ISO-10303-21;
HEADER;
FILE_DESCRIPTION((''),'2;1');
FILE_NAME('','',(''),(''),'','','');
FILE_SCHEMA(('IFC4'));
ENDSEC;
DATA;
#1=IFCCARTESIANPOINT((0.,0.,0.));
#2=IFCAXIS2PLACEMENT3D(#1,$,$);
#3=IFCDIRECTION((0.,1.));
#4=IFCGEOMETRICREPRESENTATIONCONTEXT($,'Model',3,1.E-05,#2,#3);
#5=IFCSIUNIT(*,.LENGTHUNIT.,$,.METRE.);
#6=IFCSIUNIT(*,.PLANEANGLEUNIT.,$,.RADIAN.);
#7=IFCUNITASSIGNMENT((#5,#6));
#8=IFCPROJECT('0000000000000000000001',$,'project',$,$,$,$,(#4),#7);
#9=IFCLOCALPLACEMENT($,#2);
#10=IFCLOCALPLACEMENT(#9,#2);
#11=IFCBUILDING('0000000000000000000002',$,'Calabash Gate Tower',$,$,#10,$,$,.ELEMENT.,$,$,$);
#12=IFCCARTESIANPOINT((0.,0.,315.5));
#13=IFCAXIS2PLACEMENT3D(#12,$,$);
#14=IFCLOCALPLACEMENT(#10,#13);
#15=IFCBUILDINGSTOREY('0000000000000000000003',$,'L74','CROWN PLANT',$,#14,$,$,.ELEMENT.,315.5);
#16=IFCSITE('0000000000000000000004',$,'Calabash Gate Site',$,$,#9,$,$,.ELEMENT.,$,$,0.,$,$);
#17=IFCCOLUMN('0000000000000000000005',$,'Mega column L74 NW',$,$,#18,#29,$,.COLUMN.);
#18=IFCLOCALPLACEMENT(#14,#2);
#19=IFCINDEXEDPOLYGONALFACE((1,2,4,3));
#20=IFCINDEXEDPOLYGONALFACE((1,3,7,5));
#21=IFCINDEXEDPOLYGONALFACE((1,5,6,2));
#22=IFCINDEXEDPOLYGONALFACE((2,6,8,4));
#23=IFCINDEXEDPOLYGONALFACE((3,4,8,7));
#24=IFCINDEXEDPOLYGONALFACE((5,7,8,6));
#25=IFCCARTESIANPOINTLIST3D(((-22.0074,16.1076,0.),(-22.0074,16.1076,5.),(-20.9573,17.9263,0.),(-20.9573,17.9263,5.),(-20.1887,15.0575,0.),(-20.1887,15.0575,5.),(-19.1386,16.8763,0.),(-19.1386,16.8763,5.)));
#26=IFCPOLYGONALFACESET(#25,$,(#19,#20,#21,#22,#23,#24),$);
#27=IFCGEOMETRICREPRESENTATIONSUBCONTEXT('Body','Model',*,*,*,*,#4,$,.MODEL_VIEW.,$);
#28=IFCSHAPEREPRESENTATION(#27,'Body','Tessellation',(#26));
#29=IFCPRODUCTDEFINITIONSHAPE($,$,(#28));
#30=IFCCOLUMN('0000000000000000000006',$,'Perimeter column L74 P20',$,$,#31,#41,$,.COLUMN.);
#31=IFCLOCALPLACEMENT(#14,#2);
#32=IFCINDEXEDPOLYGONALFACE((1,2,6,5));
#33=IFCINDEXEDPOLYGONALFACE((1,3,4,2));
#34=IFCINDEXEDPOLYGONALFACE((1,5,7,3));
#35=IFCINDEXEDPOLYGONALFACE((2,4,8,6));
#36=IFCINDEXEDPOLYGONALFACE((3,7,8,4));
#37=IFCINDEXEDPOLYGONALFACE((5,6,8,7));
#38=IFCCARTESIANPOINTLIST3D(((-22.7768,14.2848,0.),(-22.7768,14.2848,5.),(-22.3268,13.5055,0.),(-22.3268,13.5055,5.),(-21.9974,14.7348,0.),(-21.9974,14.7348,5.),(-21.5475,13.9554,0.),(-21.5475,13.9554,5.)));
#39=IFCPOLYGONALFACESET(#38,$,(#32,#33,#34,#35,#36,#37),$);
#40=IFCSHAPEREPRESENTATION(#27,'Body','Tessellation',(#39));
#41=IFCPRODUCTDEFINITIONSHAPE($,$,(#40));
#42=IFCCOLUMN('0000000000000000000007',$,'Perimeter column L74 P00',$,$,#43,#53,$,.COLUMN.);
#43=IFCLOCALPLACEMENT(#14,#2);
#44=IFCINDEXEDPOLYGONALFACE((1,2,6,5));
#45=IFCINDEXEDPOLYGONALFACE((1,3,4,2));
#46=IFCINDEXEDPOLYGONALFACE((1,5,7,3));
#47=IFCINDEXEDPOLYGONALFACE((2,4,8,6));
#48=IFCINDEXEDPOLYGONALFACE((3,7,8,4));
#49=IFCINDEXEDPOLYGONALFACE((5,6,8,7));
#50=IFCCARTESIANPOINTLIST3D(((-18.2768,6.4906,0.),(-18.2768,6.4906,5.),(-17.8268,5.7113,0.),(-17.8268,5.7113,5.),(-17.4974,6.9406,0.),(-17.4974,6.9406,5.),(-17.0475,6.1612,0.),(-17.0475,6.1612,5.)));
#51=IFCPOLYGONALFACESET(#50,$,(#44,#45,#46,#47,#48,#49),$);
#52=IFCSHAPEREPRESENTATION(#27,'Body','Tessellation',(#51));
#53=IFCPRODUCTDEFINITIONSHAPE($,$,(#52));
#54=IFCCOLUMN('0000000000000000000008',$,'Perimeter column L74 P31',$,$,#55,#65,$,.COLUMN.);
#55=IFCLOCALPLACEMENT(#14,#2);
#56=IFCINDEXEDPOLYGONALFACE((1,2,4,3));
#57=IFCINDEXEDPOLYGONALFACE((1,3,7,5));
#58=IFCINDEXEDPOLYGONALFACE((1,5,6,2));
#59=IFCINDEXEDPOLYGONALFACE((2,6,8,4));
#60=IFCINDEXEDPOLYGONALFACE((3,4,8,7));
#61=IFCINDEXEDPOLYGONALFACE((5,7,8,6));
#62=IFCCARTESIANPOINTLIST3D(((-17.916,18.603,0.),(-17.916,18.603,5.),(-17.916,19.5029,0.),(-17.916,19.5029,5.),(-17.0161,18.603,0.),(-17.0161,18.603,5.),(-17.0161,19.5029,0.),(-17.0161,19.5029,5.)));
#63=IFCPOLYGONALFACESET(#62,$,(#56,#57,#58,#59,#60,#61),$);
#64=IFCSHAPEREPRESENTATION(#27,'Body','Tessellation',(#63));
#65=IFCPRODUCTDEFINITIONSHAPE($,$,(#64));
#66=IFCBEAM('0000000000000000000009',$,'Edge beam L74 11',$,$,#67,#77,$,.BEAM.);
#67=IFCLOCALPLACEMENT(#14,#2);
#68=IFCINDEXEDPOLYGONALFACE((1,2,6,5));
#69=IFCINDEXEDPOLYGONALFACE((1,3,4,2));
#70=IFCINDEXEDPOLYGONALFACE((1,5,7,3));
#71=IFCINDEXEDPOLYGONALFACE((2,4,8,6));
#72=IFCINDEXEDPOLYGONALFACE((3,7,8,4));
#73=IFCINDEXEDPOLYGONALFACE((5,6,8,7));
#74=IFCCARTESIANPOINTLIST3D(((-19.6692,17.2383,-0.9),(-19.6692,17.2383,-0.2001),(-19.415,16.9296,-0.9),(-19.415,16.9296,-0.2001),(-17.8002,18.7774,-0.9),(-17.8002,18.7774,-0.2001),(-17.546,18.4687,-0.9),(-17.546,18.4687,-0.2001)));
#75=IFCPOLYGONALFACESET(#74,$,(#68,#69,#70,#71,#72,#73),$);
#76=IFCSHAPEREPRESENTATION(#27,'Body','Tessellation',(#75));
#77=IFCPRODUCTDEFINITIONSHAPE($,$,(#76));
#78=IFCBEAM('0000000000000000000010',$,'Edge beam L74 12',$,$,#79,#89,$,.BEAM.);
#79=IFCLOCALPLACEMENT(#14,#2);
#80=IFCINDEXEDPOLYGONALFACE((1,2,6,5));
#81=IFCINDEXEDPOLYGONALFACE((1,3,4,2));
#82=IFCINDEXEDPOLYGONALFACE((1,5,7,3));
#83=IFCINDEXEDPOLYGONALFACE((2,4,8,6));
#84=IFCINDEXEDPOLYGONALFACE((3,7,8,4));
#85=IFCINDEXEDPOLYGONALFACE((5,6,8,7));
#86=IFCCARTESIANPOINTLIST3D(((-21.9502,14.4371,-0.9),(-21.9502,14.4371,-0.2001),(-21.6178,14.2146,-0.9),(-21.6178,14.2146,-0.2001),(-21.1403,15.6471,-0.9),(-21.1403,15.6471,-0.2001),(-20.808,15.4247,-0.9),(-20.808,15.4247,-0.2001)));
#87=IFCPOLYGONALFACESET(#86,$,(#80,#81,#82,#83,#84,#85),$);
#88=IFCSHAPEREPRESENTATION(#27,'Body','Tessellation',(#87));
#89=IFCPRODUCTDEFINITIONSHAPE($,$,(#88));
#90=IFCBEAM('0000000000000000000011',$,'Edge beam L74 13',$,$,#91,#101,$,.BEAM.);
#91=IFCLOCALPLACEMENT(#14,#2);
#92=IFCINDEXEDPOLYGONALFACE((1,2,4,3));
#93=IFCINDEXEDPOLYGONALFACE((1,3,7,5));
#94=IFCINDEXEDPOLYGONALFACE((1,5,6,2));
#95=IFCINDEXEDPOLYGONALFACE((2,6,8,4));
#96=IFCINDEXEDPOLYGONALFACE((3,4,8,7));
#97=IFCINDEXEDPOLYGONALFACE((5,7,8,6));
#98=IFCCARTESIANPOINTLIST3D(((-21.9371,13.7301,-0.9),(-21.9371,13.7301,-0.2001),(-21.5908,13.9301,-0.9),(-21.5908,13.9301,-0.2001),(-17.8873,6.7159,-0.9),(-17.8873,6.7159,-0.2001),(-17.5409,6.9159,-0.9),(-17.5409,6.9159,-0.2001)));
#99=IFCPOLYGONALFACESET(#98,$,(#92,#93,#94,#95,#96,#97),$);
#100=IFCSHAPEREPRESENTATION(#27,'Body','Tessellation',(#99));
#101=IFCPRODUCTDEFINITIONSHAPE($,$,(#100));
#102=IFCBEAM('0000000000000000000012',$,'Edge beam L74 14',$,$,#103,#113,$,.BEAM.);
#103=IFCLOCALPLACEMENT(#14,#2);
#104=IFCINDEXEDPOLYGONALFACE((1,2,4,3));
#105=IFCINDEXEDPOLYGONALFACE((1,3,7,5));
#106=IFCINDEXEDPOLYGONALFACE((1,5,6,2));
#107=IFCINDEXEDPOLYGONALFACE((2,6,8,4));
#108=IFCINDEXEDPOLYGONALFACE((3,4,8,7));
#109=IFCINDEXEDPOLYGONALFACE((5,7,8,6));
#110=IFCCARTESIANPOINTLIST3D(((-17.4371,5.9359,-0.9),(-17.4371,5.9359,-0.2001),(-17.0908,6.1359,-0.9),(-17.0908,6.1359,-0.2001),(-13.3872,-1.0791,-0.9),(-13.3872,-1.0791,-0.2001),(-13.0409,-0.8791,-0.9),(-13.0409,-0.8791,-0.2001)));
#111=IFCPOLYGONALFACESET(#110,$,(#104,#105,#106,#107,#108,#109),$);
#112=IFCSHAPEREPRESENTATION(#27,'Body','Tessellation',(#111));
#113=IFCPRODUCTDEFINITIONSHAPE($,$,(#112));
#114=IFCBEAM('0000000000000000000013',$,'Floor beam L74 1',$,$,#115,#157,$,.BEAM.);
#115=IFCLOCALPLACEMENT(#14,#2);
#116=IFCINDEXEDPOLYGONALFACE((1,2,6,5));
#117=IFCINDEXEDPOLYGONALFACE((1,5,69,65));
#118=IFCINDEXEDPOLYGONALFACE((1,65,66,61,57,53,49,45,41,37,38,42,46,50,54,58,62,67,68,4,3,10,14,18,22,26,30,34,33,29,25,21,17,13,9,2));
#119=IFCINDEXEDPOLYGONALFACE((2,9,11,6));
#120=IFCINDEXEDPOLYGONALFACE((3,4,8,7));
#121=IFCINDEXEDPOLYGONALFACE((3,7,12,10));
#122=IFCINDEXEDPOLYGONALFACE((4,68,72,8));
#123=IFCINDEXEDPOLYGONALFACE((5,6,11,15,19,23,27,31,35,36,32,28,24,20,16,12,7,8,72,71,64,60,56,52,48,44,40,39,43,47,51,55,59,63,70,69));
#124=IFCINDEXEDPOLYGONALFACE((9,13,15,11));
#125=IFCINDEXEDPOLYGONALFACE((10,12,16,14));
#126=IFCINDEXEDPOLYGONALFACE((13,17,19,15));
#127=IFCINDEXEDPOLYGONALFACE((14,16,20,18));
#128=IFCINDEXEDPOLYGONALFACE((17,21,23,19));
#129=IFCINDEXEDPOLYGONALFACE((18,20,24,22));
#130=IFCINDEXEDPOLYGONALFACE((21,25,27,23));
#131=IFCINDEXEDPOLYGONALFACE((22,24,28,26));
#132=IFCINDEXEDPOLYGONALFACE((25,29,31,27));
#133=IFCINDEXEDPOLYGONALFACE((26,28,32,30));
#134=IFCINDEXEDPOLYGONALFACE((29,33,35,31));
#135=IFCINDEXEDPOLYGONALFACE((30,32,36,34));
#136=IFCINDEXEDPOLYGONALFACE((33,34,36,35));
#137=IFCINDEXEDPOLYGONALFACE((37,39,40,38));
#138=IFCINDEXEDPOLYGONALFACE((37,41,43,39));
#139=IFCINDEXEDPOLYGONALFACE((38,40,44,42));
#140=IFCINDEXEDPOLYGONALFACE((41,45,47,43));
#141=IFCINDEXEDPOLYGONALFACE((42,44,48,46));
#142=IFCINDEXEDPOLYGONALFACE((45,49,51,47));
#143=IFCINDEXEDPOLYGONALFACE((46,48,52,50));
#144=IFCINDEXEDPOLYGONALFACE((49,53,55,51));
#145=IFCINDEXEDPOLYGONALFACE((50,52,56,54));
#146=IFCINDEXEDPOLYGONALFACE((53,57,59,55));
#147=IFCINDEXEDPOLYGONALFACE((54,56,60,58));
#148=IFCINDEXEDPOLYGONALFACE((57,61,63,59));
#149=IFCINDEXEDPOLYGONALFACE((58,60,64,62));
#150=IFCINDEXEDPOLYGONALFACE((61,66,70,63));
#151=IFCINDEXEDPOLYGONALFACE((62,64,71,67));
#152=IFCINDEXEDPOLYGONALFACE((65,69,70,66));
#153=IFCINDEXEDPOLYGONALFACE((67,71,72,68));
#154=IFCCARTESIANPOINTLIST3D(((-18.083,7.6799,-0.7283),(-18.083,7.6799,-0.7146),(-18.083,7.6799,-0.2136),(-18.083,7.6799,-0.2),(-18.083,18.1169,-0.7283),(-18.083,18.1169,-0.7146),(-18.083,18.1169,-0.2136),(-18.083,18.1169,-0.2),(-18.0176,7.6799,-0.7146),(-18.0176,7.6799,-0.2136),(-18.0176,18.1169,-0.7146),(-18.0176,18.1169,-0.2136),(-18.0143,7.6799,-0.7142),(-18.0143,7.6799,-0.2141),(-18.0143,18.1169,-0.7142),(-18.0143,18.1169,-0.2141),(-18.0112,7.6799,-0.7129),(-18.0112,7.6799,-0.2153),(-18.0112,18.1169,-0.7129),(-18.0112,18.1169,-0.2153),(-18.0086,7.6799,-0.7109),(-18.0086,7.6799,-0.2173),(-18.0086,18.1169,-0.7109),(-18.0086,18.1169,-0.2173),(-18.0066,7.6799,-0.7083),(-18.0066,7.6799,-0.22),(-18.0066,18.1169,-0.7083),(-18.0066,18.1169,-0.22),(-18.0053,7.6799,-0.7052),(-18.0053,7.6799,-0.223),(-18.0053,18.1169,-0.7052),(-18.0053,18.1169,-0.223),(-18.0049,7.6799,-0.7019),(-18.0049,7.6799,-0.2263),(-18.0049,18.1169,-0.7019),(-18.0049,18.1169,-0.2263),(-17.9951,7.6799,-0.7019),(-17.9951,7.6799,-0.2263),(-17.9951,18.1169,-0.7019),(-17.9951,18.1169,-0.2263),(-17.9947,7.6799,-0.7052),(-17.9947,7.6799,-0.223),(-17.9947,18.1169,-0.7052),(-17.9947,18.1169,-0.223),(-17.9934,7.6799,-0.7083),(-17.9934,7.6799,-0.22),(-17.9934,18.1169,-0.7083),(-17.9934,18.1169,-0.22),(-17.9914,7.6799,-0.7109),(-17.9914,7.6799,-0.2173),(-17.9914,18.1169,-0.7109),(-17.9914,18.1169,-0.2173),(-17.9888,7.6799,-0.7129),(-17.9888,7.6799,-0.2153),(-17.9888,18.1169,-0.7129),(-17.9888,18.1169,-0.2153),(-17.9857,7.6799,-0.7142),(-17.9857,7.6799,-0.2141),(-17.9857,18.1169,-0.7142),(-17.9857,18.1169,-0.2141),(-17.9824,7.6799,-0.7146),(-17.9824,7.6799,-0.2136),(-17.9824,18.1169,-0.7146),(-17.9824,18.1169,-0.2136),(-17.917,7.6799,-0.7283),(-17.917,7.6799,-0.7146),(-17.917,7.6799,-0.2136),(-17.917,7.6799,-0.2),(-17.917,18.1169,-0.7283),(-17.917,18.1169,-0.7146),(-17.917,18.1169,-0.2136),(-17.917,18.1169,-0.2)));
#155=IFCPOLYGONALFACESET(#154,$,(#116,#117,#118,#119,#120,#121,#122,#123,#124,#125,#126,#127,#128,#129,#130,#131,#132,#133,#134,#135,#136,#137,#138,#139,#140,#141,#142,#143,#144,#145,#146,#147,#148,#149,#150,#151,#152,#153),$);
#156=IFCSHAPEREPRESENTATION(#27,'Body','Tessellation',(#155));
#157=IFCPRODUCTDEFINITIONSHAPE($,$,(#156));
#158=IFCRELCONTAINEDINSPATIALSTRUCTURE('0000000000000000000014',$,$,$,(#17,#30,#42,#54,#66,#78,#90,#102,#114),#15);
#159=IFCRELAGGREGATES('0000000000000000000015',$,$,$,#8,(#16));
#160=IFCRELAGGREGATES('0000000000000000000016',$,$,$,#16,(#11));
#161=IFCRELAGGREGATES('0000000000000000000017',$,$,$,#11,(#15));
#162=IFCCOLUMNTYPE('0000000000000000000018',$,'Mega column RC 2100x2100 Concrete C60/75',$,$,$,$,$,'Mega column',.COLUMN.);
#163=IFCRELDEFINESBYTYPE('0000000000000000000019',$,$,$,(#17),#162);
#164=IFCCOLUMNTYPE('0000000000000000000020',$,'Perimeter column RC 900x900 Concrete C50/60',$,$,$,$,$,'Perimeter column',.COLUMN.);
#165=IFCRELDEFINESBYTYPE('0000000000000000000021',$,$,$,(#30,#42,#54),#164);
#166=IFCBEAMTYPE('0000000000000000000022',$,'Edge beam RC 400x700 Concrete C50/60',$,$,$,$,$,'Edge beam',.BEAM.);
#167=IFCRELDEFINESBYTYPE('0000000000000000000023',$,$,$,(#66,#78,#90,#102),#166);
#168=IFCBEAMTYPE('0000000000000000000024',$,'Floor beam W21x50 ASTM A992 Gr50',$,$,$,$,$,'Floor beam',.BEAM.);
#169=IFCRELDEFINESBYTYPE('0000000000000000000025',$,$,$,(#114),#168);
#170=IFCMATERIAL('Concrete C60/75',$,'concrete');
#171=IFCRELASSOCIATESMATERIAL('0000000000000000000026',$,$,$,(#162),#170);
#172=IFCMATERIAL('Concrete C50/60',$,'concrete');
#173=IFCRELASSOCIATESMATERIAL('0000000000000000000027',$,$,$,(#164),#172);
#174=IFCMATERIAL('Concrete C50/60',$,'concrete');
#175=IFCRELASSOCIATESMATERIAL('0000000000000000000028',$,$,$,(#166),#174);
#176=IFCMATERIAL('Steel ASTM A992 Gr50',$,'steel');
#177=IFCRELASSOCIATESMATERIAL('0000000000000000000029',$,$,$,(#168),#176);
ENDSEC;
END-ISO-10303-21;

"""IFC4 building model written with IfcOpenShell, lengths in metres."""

from ifc_helpers import new_model, si_unit, direction, frame, origin, origin_2d, place, context, subcontext, project, spatial, rectangle, i_section, extrude, material, material_profile, profile_set, type_object, element, save


model = new_model("IFC4")

# Units and contexts
model_context = context("Model", 3, precision=1e-05, world=origin(), true_north=direction((0.0, 1.0)))
body_context = subcontext(model_context, "Body", "Model", "MODEL_VIEW")
ifc_project = project(units=[si_unit("LENGTHUNIT", "METRE"), si_unit("PLANEANGLEUNIT", "RADIAN")], contexts=[model_context])

# Site, building, storey
site_placement = place(None, origin())
site = spatial("IfcSite", under=ifc_project, at=site_placement, Name="Calabash Gate Site", CompositionType="ELEMENT", RefElevation=0.0)
building_placement = place(site_placement, origin())
building = spatial("IfcBuilding", under=site, at=building_placement, Name="Calabash Gate Tower", CompositionType="ELEMENT")
storey_placement = place(building_placement, frame((0.0, 0.0, 315.5)))
storey = spatial("IfcBuildingStorey", under=building, at=storey_placement, Name="L74", Description="CROWN PLANT", CompositionType="ELEMENT", Elevation=315.5)

# Columns
ifc_material_1 = material(Name="Concrete C60/75", Category="concrete")
ifc_material_profile_1 = material_profile(ifc_material_1, rectangle(XDim=2.1001, YDim=2.1001, at=origin_2d()))
ifc_profile_set_1 = profile_set([ifc_material_profile_1], Name="Concrete C60/75")
column_type_1 = type_object("IfcColumnType", Name="Mega column RC 2100x2100 Concrete C60/75", ElementType="Mega column", PredefinedType="COLUMN", material=ifc_profile_set_1)
column_placement = place(storey_placement, frame((-20.573, 16.4919, 0.0), z_axis=(0.0, 0.0, 1.0), x_axis=(0.866025, -0.5, 0.0)))
element("IfcColumn", 1, at=column_placement, inside=storey, type_object=column_type_1, Name="Mega column L74 NW", PredefinedType="COLUMN", context=body_context, shape_type="SweptSolid", body=[
    extrude(rectangle(XDim=2.1001, YDim=2.1001, at=origin_2d()), origin(), (0.0, 0.0, 1.0), 5.0),
])
ifc_material_2 = material(Name="Concrete C50/60", Category="concrete")
ifc_material_profile_2 = material_profile(ifc_material_2, rectangle(XDim=0.8999, YDim=0.8999, at=origin_2d()))
ifc_profile_set_2 = profile_set([ifc_material_profile_2], Name="Concrete C50/60")
column_type_2 = type_object("IfcColumnType", Name="Perimeter column RC 900x900 Concrete C50/60", ElementType="Perimeter column", PredefinedType="COLUMN", material=ifc_profile_set_2)
for number, where, z_axis, x_axis, name in (
    (2, (-22.1621, 14.1201, 0.0), (0.0, 0.0, 1.0), (0.5, -0.866025, 0.0), "Perimeter column L74 P20"),
    (3, (-17.6621, 6.3259, 0.0), (0.0, 0.0, 1.0), (0.5, -0.866025, 0.0), "Perimeter column L74 P00"),
    (4, (-17.4661, 19.053, 0.0), (0.0, 0.0, 1.0), (-1.0, 0.0, 0.0), "Perimeter column L74 P31"),
):
    element("IfcColumn", number, at=place(storey_placement, frame(where, z_axis=z_axis, x_axis=x_axis)), inside=storey, type_object=column_type_2, Name=name, PredefinedType="COLUMN", context=body_context, shape_type="SweptSolid", body=[
        extrude(rectangle(XDim=0.8999, YDim=0.8999, at=origin_2d()), origin(), (0.0, 0.0, 1.0), 5.0),
    ])

# Beams
ifc_material_3 = material(Name="Concrete C50/60", Category="concrete")
ifc_material_profile_3 = material_profile(ifc_material_3, rectangle(XDim=0.3999, YDim=0.7, at=origin_2d()))
ifc_profile_set_3 = profile_set([ifc_material_profile_3], Name="Concrete C50/60")
beam_type_1 = type_object("IfcBeamType", Name="Edge beam RC 400x700 Concrete C50/60", ElementType="Edge beam", PredefinedType="BEAM", material=ifc_profile_set_3)
beam_1_placement = place(storey_placement, frame((-17.6731, 18.623, -0.55), z_axis=(-0.771936, -0.6357, 0.0), x_axis=(0.6357, -0.771936, 0.0)))
element("IfcBeam", 5, at=beam_1_placement, inside=storey, type_object=beam_type_1, Name="Edge beam L74 11", PredefinedType="BEAM", context=body_context, shape_type="SweptSolid", body=[
    extrude(rectangle(XDim=0.3999, YDim=0.7, at=origin_2d()), origin(), (0.0, 0.0, 1.0), 2.4211),
])
beam_2_placement = place(storey_placement, frame((-20.9741, 15.5359, -0.55), z_axis=(-0.556208, -0.831043, 0.0), x_axis=(0.831043, -0.556208, 0.0)))
element("IfcBeam", 6, at=beam_2_placement, inside=storey, type_object=beam_type_1, Name="Edge beam L74 12", PredefinedType="BEAM", context=body_context, shape_type="SweptSolid", body=[
    extrude(rectangle(XDim=0.3999, YDim=0.7, at=origin_2d()), origin(), (0.0, 0.0, 1.0), 1.4561),
])
beam_3_placement = place(storey_placement, frame((-21.7639, 13.8301, -0.55), z_axis=(0.500016, -0.866016, 0.0), x_axis=(0.866016, 0.500016, 0.0)))
element("IfcBeam", 7, at=beam_3_placement, inside=storey, type_object=beam_type_1, Name="Edge beam L74 13", PredefinedType="BEAM", context=body_context, shape_type="SweptSolid", body=[
    extrude(rectangle(XDim=0.3999, YDim=0.7, at=origin_2d()), origin(), (0.0, 0.0, 1.0), 8.0994),
])
beam_4_placement = place(storey_placement, frame((-17.2639, 6.0359, -0.55), z_axis=(0.499977, -0.866039, 0.0), x_axis=(0.866039, 0.499977, 0.0)))
element("IfcBeam", 8, at=beam_4_placement, inside=storey, type_object=beam_type_1, Name="Edge beam L74 14", PredefinedType="BEAM", context=body_context, shape_type="SweptSolid", body=[
    extrude(rectangle(XDim=0.3999, YDim=0.7, at=origin_2d()), origin(), (0.0, 0.0, 1.0), 8.1001),
])
ifc_material_4 = material(Name="Steel ASTM A992 Gr50", Category="steel")
ifc_material_profile_4 = material_profile(ifc_material_4, i_section(OverallWidth=0.166, OverallDepth=0.5283, WebThickness=0.0098, FlangeThickness=0.0137, FilletRadius=0.0127, at=origin_2d()))
ifc_profile_set_4 = profile_set([ifc_material_profile_4], Name="Steel ASTM A992 Gr50")
beam_type_2 = type_object("IfcBeamType", Name="Floor beam W21x50 ASTM A992 Gr50", ElementType="Floor beam", PredefinedType="BEAM", material=ifc_profile_set_4)
beam_5_placement = place(storey_placement, frame((-18.0, 7.6799, -0.4641), z_axis=(0.0, 1.0, 0.0), x_axis=(-1.0, 0.0, 0.0)))
element("IfcBeam", 9, at=beam_5_placement, inside=storey, type_object=beam_type_2, Name="Floor beam L74 1", PredefinedType="BEAM", context=body_context, shape_type="SweptSolid", body=[
    extrude(i_section(OverallWidth=0.166, OverallDepth=0.5283, WebThickness=0.0098, FlangeThickness=0.0137, FilletRadius=0.0127, at=origin_2d()), origin(), (0.0, 0.0, 1.0), 10.437),
])

save(model, "model.ifc")
